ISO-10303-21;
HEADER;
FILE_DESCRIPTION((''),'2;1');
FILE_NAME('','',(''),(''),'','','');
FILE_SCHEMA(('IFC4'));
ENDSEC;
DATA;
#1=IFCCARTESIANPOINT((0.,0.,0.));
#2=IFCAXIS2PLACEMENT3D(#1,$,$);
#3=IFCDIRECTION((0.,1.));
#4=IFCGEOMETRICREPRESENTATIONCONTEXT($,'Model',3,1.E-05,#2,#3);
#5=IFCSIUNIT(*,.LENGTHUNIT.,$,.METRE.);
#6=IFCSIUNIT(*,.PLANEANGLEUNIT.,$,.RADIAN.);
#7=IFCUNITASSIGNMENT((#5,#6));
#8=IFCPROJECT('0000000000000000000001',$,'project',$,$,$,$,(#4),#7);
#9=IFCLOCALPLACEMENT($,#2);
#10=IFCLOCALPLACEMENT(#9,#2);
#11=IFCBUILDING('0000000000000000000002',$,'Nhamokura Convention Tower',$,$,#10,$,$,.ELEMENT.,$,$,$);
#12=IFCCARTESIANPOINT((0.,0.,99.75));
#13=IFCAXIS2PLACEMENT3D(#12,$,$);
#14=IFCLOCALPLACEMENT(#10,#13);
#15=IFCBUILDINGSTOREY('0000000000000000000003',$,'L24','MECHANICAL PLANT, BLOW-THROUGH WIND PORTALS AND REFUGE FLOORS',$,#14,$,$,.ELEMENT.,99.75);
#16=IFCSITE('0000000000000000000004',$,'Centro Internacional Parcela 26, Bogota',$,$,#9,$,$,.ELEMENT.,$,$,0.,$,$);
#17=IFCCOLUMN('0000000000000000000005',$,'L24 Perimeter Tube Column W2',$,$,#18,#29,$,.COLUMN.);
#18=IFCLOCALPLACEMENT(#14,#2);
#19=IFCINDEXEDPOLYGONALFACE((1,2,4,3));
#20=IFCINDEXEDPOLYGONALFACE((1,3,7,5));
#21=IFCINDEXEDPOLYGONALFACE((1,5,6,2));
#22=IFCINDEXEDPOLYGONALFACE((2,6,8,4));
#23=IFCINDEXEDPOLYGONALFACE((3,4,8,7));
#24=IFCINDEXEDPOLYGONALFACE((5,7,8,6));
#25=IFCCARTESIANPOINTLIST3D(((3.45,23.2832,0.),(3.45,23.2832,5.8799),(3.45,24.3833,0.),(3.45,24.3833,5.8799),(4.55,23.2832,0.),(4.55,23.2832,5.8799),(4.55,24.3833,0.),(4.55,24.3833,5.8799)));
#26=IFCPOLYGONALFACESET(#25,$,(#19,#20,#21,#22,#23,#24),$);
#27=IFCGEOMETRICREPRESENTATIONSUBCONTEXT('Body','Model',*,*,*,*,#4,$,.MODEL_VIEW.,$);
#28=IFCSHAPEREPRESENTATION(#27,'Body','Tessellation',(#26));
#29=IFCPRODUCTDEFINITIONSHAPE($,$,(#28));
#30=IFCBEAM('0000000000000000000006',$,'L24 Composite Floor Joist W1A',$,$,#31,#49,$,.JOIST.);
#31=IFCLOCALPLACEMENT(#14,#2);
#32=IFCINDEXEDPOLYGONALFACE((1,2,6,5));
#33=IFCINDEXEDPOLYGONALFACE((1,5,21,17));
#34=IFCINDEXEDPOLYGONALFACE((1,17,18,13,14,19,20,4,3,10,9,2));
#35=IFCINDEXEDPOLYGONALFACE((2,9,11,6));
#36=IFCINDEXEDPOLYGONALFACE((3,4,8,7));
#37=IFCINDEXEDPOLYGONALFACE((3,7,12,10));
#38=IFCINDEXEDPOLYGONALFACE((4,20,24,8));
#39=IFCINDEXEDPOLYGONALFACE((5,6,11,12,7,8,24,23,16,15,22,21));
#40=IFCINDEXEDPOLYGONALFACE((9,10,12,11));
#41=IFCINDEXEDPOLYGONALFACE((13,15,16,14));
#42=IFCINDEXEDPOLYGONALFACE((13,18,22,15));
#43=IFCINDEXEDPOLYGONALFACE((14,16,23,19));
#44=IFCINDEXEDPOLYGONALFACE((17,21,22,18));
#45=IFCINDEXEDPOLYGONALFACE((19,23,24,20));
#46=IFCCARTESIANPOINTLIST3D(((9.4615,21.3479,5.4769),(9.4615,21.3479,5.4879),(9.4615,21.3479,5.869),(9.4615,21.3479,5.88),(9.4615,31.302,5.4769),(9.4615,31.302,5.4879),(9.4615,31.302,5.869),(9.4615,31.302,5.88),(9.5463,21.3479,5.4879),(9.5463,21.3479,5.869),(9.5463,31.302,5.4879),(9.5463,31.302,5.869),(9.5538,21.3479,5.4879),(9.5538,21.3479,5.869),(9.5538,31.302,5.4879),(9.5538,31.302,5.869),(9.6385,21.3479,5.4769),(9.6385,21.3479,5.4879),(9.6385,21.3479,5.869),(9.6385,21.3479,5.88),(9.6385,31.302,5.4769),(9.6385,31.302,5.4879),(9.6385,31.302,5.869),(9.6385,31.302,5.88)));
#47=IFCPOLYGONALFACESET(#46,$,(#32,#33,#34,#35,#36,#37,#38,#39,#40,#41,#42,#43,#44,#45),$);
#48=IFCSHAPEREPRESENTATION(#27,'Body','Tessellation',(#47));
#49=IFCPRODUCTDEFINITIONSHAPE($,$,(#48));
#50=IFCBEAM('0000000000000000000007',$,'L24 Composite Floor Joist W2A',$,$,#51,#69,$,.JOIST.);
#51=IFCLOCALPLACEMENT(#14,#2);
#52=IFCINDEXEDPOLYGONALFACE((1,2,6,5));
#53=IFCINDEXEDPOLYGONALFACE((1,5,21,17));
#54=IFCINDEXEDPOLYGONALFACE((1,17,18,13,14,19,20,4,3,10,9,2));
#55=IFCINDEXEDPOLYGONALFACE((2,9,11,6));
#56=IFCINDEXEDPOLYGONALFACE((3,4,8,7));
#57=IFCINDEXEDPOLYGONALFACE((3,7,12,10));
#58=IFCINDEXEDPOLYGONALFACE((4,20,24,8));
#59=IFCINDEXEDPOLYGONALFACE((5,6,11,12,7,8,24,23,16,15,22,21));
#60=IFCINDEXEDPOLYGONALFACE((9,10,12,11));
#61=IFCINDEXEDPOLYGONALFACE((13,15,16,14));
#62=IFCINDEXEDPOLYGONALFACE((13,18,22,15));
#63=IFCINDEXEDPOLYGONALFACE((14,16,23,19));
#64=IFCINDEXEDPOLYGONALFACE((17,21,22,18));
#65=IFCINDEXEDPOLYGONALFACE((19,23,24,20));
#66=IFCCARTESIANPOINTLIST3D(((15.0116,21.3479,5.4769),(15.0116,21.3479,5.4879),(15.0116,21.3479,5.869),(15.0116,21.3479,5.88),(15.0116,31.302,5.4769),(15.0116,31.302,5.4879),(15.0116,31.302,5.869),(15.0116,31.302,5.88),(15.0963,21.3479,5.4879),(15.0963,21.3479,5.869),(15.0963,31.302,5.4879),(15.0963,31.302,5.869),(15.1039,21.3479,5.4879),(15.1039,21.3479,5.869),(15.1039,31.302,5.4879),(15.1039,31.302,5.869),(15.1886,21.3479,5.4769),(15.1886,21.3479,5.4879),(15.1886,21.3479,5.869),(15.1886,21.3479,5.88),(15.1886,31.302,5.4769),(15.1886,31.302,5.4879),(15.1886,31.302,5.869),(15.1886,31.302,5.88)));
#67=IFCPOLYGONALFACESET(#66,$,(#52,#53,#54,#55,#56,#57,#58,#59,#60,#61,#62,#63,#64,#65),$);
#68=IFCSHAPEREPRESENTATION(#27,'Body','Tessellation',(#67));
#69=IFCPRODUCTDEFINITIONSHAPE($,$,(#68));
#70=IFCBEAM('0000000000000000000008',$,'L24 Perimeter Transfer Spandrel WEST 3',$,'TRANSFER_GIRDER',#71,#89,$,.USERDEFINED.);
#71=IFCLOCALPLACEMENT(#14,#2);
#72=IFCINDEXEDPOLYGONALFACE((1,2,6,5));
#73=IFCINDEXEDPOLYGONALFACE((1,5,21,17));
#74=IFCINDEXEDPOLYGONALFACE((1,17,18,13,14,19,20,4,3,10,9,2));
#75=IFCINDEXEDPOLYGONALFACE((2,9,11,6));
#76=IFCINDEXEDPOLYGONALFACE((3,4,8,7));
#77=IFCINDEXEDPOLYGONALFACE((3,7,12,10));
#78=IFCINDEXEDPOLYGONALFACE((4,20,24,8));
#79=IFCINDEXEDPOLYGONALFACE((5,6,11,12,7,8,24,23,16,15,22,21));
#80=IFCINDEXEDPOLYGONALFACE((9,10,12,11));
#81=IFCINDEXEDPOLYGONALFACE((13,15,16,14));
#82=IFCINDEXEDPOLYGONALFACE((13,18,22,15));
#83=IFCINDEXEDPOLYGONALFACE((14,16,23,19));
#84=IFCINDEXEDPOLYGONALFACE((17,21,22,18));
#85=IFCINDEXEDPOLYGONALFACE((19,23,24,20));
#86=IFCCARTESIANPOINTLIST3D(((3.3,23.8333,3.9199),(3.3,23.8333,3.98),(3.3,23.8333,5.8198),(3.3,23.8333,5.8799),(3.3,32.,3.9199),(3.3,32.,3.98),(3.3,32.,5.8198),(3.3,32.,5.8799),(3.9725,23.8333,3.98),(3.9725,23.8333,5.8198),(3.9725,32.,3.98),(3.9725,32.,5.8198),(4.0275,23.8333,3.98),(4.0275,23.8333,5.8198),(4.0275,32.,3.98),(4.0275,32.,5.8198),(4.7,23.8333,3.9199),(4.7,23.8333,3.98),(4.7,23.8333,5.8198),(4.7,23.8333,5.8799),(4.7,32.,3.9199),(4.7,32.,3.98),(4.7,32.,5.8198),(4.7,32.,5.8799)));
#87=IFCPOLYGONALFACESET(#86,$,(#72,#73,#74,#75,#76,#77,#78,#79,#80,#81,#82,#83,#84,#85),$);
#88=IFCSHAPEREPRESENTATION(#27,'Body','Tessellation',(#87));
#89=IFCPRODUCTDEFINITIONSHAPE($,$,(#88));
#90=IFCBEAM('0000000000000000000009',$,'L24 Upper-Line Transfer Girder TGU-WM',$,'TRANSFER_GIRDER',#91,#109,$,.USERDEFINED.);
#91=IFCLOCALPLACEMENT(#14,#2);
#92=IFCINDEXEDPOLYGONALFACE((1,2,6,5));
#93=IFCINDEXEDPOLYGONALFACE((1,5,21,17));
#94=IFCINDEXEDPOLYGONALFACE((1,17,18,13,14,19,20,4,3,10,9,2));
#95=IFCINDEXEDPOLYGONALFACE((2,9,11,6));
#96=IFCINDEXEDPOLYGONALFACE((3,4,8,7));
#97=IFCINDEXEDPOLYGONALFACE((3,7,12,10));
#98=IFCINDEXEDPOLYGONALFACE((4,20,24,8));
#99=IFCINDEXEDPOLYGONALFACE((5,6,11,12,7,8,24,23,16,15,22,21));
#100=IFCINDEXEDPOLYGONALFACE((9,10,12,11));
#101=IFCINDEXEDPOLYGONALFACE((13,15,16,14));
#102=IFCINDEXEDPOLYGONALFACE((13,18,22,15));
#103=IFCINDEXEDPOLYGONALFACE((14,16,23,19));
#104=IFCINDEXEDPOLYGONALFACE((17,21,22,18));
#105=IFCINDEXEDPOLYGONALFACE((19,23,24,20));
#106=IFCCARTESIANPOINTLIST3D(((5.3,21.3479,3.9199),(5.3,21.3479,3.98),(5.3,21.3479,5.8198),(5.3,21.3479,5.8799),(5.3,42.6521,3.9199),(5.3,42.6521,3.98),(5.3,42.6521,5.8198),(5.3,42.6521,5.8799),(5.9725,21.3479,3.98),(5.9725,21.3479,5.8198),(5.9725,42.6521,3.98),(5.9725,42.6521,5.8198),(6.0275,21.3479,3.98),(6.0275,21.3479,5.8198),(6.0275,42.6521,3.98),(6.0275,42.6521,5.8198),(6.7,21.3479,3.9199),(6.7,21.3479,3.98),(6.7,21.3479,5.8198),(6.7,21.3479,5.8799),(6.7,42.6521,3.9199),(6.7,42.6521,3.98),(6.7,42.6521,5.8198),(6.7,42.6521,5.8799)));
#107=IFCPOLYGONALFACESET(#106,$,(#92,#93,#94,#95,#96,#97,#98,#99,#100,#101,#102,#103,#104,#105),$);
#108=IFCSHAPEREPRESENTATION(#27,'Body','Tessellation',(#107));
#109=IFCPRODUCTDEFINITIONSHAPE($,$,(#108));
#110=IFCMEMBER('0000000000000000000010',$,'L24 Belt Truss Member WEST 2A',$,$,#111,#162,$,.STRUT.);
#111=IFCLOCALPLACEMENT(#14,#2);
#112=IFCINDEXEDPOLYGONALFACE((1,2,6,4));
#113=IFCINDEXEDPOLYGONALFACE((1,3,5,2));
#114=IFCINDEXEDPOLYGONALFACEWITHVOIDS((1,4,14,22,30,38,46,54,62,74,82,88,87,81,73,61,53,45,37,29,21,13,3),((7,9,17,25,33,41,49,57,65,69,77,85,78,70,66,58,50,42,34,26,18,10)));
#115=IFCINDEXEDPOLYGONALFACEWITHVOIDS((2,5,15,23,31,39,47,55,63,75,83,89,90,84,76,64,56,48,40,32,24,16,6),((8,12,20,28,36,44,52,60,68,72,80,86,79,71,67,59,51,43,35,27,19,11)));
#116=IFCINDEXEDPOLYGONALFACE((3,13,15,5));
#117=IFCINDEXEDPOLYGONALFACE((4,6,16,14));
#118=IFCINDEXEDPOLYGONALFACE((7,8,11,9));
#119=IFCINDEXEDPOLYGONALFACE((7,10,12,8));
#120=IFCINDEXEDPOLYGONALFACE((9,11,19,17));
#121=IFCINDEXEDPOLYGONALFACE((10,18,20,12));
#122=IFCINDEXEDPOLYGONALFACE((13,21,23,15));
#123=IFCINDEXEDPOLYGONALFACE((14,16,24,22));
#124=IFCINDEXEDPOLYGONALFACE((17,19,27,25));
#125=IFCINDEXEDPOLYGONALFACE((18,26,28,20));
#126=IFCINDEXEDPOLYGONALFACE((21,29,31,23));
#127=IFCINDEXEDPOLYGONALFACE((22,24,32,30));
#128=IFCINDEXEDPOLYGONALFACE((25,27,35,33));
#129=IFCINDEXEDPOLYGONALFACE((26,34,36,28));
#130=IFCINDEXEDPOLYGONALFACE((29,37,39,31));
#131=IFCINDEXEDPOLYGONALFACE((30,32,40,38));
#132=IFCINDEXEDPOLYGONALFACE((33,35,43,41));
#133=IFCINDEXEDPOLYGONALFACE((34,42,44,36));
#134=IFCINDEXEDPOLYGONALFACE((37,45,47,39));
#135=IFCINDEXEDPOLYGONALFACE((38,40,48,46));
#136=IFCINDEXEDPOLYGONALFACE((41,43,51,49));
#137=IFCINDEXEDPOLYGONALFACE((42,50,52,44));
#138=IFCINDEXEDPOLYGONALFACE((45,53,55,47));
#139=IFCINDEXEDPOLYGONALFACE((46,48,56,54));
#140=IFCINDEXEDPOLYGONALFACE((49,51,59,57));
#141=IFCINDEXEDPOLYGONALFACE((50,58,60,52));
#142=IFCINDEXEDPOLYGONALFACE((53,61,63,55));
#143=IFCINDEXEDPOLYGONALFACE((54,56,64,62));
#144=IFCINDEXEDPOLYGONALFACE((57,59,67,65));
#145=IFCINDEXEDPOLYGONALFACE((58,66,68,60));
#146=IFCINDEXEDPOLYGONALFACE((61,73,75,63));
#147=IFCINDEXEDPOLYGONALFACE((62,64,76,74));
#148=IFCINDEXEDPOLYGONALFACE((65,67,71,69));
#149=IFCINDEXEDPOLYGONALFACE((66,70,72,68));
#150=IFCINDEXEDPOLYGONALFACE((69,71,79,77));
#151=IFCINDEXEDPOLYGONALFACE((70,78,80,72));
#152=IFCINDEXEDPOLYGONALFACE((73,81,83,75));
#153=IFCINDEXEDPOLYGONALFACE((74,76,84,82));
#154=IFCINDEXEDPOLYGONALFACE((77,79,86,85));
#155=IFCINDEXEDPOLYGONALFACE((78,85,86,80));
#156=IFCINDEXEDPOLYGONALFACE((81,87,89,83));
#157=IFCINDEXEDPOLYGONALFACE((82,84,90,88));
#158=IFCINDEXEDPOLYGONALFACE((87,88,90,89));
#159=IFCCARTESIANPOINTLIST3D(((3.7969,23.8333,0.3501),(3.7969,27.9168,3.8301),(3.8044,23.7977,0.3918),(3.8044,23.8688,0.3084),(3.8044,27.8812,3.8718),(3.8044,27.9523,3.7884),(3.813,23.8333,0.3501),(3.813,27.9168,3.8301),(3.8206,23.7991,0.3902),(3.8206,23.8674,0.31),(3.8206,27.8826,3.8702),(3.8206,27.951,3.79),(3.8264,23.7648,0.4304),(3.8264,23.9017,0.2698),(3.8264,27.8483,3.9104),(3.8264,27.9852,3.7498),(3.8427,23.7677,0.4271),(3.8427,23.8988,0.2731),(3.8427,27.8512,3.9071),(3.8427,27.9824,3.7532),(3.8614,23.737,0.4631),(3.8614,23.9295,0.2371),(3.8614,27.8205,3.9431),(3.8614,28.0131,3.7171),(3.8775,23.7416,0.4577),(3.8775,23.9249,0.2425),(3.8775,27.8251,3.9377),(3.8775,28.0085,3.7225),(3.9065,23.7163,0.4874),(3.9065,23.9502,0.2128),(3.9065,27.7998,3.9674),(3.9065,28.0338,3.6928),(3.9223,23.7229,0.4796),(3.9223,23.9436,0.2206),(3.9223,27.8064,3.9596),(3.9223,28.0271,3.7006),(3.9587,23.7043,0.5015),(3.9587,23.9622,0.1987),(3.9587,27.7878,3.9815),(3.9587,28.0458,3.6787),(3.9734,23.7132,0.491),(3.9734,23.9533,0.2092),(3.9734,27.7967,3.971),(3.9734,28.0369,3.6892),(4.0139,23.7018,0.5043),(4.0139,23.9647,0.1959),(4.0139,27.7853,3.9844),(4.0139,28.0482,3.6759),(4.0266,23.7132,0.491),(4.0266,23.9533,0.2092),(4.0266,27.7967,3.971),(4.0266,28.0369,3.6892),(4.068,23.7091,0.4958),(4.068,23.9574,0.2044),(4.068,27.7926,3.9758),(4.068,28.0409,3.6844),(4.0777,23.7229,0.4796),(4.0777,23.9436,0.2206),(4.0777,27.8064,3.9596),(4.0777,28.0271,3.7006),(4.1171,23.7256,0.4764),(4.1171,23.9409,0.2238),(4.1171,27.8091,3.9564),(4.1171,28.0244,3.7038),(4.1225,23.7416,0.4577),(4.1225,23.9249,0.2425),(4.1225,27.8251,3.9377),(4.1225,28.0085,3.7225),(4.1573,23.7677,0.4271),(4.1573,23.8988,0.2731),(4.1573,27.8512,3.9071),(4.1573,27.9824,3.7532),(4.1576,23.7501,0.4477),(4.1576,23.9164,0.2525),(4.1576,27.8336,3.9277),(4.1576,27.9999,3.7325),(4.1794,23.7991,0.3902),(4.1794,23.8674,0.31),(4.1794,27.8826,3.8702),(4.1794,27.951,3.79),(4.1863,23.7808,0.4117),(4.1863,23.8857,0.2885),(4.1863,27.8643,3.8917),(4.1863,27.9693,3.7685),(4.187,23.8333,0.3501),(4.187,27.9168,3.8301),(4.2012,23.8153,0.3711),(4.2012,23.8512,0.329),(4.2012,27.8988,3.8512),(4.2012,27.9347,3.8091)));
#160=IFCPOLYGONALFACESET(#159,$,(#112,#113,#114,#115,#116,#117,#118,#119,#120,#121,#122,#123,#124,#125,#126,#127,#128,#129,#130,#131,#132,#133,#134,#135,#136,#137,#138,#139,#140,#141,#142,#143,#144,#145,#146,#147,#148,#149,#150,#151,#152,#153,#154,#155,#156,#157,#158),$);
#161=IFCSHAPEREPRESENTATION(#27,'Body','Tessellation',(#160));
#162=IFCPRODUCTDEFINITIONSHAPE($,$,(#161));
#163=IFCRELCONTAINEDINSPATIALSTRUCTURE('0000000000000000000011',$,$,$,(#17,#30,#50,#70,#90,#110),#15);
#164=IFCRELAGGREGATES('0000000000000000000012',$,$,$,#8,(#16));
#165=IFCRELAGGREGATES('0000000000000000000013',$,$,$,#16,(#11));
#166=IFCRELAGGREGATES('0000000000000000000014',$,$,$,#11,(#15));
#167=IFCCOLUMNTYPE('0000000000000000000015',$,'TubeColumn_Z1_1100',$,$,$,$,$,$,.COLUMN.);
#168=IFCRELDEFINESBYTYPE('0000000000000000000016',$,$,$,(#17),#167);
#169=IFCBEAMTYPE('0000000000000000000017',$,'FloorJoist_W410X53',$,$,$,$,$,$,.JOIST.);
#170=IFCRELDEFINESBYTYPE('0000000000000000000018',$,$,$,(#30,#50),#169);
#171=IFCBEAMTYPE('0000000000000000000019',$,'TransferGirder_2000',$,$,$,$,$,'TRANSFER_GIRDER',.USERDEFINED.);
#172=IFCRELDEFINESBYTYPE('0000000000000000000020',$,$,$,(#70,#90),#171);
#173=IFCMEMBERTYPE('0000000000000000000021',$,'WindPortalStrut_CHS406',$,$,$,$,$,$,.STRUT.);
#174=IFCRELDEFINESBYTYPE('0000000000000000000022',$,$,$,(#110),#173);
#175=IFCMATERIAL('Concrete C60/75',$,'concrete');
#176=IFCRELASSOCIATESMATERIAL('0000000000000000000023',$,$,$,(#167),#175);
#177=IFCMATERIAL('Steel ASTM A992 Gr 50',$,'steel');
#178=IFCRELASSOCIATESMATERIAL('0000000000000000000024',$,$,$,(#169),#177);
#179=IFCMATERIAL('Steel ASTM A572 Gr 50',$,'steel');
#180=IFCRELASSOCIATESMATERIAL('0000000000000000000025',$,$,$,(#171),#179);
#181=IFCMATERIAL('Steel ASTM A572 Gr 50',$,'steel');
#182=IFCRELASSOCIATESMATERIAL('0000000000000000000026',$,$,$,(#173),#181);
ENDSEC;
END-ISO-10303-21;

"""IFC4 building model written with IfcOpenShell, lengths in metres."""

from ifc_helpers import new_model, si_unit, direction, frame, origin, origin_2d, place, context, subcontext, project, spatial, rectangle, hollow_circle, i_section, extrude, material, material_profile, profile_set, type_object, element, save


model = new_model("IFC4")

# Units and contexts
model_context = context("Model", 3, precision=1e-05, world=origin(), true_north=direction((0.0, 1.0)))
body_context = subcontext(model_context, "Body", "Model", "MODEL_VIEW")
ifc_project = project(units=[si_unit("LENGTHUNIT", "METRE"), si_unit("PLANEANGLEUNIT", "RADIAN")], contexts=[model_context])

# Site, building, storey
site_placement = place(None, origin())
site = spatial("IfcSite", under=ifc_project, at=site_placement, Name="Centro Internacional Parcela 26, Bogota", CompositionType="ELEMENT", RefElevation=0.0)
building_placement = place(site_placement, origin())
building = spatial("IfcBuilding", under=site, at=building_placement, Name="Nhamokura Convention Tower", CompositionType="ELEMENT")
storey_placement = place(building_placement, frame((0.0, 0.0, 99.75)))
storey = spatial("IfcBuildingStorey", under=building, at=storey_placement, Name="L24", Description="MECHANICAL PLANT, BLOW-THROUGH WIND PORTALS AND REFUGE FLOORS", CompositionType="ELEMENT", Elevation=99.75)

# Column
ifc_material_1 = material(Name="Concrete C60/75", Category="concrete")
ifc_material_profile_1 = material_profile(ifc_material_1, rectangle(XDim=1.1001, YDim=1.1001, at=origin_2d()))
ifc_profile_set_1 = profile_set([ifc_material_profile_1], Name="Concrete C60/75")
column_type = type_object("IfcColumnType", Name="TubeColumn_Z1_1100", PredefinedType="COLUMN", material=ifc_profile_set_1)
column_placement = place(storey_placement, frame((4.0, 23.8333, 0.0), z_axis=(0.0, 0.0, 1.0), x_axis=(1.0, 0.0, 0.0)))
element("IfcColumn", 1, at=column_placement, inside=storey, type_object=column_type, Name="L24 Perimeter Tube Column W2", PredefinedType="COLUMN", context=body_context, shape_type="SweptSolid", body=[
    extrude(rectangle(XDim=1.1001, YDim=1.1001, at=origin_2d()), origin(), (0.0, 0.0, 1.0), 5.8799),
])

# Beams
ifc_material_2 = material(Name="Steel ASTM A992 Gr 50", Category="steel")
ifc_material_profile_2 = material_profile(ifc_material_2, i_section(OverallWidth=0.177, OverallDepth=0.4031, WebThickness=0.0076, FlangeThickness=0.011, at=origin_2d()))
ifc_profile_set_2 = profile_set([ifc_material_profile_2], Name="Steel ASTM A992 Gr 50")
beam_type_1 = type_object("IfcBeamType", Name="FloorJoist_W410X53", PredefinedType="JOIST", material=ifc_profile_set_2)
for number, where, z_axis, x_axis, name in (
    (2, (9.55, 21.3479, 5.6785), (0.0, 1.0, 0.0), (-1.0, 0.0, 0.0), "L24 Composite Floor Joist W1A"),
    (3, (15.1001, 21.3479, 5.6785), (0.0, 1.0, 0.0), (-1.0, 0.0, 0.0), "L24 Composite Floor Joist W2A"),
):
    element("IfcBeam", number, at=place(storey_placement, frame(where, z_axis=z_axis, x_axis=x_axis)), inside=storey, type_object=beam_type_1, Name=name, PredefinedType="JOIST", context=body_context, shape_type="SweptSolid", body=[
        extrude(i_section(OverallWidth=0.177, OverallDepth=0.4031, WebThickness=0.0076, FlangeThickness=0.011, at=origin_2d()), origin(), (0.0, 0.0, 1.0), 9.9541),
    ])
ifc_material_3 = material(Name="Steel ASTM A572 Gr 50", Category="steel")
ifc_material_profile_3 = material_profile(ifc_material_3, i_section(OverallWidth=1.3999, OverallDepth=1.96, WebThickness=0.0549, FlangeThickness=0.0601, at=origin_2d()))
ifc_profile_set_3 = profile_set([ifc_material_profile_3], Name="Steel ASTM A572 Gr 50")
beam_type_2 = type_object("IfcBeamType", Name="TransferGirder_2000", ElementType="TRANSFER_GIRDER", PredefinedType="USERDEFINED", material=ifc_profile_set_3)
beam_1_placement = place(storey_placement, frame((4.0, 23.8333, 4.8999), z_axis=(0.0, 1.0, 0.0), x_axis=(-1.0, 0.0, 0.0)))
element("IfcBeam", 4, at=beam_1_placement, inside=storey, type_object=beam_type_2, Name="L24 Perimeter Transfer Spandrel WEST 3", ObjectType="TRANSFER_GIRDER", PredefinedType="USERDEFINED", context=body_context, shape_type="SweptSolid", body=[
    extrude(i_section(OverallWidth=1.3999, OverallDepth=1.96, WebThickness=0.0549, FlangeThickness=0.0601, at=origin_2d()), origin(), (0.0, 0.0, 1.0), 8.1667),
])
beam_2_placement = place(storey_placement, frame((6.0, 21.3479, 4.8999), z_axis=(0.0, 1.0, 0.0), x_axis=(-1.0, 0.0, 0.0)))
element("IfcBeam", 5, at=beam_2_placement, inside=storey, type_object=beam_type_2, Name="L24 Upper-Line Transfer Girder TGU-WM", ObjectType="TRANSFER_GIRDER", PredefinedType="USERDEFINED", context=body_context, shape_type="SweptSolid", body=[
    extrude(i_section(OverallWidth=1.3999, OverallDepth=1.96, WebThickness=0.0549, FlangeThickness=0.0601, at=origin_2d()), origin(), (0.0, 0.0, 1.0), 21.3042),
])

# Member
ifc_material_4 = material(Name="Steel ASTM A572 Gr 50", Category="steel")
ifc_material_profile_4 = material_profile(ifc_material_4, hollow_circle(Radius=0.2031, WallThickness=0.0161, at=origin_2d()))
ifc_profile_set_4 = profile_set([ifc_material_profile_4], Name="Steel ASTM A572 Gr 50")
member_type = type_object("IfcMemberType", Name="WindPortalStrut_CHS406", PredefinedType="STRUT", material=ifc_profile_set_4)
member_1_placement = place(storey_placement, frame((4.0, 23.8333, 0.3501), z_axis=(0.0, 0.76111, 0.648623), x_axis=(-1.0, 0.0, 0.0)))
element("IfcMember", 6, at=member_1_placement, inside=storey, type_object=member_type, Name="L24 Belt Truss Member WEST 2A", PredefinedType="STRUT", context=body_context, shape_type="SweptSolid", body=[
    extrude(hollow_circle(Radius=0.2031, WallThickness=0.0161, at=origin_2d()), origin(), (0.0, 0.0, 1.0), 5.3652),
])

save(model, "model.ifc")
